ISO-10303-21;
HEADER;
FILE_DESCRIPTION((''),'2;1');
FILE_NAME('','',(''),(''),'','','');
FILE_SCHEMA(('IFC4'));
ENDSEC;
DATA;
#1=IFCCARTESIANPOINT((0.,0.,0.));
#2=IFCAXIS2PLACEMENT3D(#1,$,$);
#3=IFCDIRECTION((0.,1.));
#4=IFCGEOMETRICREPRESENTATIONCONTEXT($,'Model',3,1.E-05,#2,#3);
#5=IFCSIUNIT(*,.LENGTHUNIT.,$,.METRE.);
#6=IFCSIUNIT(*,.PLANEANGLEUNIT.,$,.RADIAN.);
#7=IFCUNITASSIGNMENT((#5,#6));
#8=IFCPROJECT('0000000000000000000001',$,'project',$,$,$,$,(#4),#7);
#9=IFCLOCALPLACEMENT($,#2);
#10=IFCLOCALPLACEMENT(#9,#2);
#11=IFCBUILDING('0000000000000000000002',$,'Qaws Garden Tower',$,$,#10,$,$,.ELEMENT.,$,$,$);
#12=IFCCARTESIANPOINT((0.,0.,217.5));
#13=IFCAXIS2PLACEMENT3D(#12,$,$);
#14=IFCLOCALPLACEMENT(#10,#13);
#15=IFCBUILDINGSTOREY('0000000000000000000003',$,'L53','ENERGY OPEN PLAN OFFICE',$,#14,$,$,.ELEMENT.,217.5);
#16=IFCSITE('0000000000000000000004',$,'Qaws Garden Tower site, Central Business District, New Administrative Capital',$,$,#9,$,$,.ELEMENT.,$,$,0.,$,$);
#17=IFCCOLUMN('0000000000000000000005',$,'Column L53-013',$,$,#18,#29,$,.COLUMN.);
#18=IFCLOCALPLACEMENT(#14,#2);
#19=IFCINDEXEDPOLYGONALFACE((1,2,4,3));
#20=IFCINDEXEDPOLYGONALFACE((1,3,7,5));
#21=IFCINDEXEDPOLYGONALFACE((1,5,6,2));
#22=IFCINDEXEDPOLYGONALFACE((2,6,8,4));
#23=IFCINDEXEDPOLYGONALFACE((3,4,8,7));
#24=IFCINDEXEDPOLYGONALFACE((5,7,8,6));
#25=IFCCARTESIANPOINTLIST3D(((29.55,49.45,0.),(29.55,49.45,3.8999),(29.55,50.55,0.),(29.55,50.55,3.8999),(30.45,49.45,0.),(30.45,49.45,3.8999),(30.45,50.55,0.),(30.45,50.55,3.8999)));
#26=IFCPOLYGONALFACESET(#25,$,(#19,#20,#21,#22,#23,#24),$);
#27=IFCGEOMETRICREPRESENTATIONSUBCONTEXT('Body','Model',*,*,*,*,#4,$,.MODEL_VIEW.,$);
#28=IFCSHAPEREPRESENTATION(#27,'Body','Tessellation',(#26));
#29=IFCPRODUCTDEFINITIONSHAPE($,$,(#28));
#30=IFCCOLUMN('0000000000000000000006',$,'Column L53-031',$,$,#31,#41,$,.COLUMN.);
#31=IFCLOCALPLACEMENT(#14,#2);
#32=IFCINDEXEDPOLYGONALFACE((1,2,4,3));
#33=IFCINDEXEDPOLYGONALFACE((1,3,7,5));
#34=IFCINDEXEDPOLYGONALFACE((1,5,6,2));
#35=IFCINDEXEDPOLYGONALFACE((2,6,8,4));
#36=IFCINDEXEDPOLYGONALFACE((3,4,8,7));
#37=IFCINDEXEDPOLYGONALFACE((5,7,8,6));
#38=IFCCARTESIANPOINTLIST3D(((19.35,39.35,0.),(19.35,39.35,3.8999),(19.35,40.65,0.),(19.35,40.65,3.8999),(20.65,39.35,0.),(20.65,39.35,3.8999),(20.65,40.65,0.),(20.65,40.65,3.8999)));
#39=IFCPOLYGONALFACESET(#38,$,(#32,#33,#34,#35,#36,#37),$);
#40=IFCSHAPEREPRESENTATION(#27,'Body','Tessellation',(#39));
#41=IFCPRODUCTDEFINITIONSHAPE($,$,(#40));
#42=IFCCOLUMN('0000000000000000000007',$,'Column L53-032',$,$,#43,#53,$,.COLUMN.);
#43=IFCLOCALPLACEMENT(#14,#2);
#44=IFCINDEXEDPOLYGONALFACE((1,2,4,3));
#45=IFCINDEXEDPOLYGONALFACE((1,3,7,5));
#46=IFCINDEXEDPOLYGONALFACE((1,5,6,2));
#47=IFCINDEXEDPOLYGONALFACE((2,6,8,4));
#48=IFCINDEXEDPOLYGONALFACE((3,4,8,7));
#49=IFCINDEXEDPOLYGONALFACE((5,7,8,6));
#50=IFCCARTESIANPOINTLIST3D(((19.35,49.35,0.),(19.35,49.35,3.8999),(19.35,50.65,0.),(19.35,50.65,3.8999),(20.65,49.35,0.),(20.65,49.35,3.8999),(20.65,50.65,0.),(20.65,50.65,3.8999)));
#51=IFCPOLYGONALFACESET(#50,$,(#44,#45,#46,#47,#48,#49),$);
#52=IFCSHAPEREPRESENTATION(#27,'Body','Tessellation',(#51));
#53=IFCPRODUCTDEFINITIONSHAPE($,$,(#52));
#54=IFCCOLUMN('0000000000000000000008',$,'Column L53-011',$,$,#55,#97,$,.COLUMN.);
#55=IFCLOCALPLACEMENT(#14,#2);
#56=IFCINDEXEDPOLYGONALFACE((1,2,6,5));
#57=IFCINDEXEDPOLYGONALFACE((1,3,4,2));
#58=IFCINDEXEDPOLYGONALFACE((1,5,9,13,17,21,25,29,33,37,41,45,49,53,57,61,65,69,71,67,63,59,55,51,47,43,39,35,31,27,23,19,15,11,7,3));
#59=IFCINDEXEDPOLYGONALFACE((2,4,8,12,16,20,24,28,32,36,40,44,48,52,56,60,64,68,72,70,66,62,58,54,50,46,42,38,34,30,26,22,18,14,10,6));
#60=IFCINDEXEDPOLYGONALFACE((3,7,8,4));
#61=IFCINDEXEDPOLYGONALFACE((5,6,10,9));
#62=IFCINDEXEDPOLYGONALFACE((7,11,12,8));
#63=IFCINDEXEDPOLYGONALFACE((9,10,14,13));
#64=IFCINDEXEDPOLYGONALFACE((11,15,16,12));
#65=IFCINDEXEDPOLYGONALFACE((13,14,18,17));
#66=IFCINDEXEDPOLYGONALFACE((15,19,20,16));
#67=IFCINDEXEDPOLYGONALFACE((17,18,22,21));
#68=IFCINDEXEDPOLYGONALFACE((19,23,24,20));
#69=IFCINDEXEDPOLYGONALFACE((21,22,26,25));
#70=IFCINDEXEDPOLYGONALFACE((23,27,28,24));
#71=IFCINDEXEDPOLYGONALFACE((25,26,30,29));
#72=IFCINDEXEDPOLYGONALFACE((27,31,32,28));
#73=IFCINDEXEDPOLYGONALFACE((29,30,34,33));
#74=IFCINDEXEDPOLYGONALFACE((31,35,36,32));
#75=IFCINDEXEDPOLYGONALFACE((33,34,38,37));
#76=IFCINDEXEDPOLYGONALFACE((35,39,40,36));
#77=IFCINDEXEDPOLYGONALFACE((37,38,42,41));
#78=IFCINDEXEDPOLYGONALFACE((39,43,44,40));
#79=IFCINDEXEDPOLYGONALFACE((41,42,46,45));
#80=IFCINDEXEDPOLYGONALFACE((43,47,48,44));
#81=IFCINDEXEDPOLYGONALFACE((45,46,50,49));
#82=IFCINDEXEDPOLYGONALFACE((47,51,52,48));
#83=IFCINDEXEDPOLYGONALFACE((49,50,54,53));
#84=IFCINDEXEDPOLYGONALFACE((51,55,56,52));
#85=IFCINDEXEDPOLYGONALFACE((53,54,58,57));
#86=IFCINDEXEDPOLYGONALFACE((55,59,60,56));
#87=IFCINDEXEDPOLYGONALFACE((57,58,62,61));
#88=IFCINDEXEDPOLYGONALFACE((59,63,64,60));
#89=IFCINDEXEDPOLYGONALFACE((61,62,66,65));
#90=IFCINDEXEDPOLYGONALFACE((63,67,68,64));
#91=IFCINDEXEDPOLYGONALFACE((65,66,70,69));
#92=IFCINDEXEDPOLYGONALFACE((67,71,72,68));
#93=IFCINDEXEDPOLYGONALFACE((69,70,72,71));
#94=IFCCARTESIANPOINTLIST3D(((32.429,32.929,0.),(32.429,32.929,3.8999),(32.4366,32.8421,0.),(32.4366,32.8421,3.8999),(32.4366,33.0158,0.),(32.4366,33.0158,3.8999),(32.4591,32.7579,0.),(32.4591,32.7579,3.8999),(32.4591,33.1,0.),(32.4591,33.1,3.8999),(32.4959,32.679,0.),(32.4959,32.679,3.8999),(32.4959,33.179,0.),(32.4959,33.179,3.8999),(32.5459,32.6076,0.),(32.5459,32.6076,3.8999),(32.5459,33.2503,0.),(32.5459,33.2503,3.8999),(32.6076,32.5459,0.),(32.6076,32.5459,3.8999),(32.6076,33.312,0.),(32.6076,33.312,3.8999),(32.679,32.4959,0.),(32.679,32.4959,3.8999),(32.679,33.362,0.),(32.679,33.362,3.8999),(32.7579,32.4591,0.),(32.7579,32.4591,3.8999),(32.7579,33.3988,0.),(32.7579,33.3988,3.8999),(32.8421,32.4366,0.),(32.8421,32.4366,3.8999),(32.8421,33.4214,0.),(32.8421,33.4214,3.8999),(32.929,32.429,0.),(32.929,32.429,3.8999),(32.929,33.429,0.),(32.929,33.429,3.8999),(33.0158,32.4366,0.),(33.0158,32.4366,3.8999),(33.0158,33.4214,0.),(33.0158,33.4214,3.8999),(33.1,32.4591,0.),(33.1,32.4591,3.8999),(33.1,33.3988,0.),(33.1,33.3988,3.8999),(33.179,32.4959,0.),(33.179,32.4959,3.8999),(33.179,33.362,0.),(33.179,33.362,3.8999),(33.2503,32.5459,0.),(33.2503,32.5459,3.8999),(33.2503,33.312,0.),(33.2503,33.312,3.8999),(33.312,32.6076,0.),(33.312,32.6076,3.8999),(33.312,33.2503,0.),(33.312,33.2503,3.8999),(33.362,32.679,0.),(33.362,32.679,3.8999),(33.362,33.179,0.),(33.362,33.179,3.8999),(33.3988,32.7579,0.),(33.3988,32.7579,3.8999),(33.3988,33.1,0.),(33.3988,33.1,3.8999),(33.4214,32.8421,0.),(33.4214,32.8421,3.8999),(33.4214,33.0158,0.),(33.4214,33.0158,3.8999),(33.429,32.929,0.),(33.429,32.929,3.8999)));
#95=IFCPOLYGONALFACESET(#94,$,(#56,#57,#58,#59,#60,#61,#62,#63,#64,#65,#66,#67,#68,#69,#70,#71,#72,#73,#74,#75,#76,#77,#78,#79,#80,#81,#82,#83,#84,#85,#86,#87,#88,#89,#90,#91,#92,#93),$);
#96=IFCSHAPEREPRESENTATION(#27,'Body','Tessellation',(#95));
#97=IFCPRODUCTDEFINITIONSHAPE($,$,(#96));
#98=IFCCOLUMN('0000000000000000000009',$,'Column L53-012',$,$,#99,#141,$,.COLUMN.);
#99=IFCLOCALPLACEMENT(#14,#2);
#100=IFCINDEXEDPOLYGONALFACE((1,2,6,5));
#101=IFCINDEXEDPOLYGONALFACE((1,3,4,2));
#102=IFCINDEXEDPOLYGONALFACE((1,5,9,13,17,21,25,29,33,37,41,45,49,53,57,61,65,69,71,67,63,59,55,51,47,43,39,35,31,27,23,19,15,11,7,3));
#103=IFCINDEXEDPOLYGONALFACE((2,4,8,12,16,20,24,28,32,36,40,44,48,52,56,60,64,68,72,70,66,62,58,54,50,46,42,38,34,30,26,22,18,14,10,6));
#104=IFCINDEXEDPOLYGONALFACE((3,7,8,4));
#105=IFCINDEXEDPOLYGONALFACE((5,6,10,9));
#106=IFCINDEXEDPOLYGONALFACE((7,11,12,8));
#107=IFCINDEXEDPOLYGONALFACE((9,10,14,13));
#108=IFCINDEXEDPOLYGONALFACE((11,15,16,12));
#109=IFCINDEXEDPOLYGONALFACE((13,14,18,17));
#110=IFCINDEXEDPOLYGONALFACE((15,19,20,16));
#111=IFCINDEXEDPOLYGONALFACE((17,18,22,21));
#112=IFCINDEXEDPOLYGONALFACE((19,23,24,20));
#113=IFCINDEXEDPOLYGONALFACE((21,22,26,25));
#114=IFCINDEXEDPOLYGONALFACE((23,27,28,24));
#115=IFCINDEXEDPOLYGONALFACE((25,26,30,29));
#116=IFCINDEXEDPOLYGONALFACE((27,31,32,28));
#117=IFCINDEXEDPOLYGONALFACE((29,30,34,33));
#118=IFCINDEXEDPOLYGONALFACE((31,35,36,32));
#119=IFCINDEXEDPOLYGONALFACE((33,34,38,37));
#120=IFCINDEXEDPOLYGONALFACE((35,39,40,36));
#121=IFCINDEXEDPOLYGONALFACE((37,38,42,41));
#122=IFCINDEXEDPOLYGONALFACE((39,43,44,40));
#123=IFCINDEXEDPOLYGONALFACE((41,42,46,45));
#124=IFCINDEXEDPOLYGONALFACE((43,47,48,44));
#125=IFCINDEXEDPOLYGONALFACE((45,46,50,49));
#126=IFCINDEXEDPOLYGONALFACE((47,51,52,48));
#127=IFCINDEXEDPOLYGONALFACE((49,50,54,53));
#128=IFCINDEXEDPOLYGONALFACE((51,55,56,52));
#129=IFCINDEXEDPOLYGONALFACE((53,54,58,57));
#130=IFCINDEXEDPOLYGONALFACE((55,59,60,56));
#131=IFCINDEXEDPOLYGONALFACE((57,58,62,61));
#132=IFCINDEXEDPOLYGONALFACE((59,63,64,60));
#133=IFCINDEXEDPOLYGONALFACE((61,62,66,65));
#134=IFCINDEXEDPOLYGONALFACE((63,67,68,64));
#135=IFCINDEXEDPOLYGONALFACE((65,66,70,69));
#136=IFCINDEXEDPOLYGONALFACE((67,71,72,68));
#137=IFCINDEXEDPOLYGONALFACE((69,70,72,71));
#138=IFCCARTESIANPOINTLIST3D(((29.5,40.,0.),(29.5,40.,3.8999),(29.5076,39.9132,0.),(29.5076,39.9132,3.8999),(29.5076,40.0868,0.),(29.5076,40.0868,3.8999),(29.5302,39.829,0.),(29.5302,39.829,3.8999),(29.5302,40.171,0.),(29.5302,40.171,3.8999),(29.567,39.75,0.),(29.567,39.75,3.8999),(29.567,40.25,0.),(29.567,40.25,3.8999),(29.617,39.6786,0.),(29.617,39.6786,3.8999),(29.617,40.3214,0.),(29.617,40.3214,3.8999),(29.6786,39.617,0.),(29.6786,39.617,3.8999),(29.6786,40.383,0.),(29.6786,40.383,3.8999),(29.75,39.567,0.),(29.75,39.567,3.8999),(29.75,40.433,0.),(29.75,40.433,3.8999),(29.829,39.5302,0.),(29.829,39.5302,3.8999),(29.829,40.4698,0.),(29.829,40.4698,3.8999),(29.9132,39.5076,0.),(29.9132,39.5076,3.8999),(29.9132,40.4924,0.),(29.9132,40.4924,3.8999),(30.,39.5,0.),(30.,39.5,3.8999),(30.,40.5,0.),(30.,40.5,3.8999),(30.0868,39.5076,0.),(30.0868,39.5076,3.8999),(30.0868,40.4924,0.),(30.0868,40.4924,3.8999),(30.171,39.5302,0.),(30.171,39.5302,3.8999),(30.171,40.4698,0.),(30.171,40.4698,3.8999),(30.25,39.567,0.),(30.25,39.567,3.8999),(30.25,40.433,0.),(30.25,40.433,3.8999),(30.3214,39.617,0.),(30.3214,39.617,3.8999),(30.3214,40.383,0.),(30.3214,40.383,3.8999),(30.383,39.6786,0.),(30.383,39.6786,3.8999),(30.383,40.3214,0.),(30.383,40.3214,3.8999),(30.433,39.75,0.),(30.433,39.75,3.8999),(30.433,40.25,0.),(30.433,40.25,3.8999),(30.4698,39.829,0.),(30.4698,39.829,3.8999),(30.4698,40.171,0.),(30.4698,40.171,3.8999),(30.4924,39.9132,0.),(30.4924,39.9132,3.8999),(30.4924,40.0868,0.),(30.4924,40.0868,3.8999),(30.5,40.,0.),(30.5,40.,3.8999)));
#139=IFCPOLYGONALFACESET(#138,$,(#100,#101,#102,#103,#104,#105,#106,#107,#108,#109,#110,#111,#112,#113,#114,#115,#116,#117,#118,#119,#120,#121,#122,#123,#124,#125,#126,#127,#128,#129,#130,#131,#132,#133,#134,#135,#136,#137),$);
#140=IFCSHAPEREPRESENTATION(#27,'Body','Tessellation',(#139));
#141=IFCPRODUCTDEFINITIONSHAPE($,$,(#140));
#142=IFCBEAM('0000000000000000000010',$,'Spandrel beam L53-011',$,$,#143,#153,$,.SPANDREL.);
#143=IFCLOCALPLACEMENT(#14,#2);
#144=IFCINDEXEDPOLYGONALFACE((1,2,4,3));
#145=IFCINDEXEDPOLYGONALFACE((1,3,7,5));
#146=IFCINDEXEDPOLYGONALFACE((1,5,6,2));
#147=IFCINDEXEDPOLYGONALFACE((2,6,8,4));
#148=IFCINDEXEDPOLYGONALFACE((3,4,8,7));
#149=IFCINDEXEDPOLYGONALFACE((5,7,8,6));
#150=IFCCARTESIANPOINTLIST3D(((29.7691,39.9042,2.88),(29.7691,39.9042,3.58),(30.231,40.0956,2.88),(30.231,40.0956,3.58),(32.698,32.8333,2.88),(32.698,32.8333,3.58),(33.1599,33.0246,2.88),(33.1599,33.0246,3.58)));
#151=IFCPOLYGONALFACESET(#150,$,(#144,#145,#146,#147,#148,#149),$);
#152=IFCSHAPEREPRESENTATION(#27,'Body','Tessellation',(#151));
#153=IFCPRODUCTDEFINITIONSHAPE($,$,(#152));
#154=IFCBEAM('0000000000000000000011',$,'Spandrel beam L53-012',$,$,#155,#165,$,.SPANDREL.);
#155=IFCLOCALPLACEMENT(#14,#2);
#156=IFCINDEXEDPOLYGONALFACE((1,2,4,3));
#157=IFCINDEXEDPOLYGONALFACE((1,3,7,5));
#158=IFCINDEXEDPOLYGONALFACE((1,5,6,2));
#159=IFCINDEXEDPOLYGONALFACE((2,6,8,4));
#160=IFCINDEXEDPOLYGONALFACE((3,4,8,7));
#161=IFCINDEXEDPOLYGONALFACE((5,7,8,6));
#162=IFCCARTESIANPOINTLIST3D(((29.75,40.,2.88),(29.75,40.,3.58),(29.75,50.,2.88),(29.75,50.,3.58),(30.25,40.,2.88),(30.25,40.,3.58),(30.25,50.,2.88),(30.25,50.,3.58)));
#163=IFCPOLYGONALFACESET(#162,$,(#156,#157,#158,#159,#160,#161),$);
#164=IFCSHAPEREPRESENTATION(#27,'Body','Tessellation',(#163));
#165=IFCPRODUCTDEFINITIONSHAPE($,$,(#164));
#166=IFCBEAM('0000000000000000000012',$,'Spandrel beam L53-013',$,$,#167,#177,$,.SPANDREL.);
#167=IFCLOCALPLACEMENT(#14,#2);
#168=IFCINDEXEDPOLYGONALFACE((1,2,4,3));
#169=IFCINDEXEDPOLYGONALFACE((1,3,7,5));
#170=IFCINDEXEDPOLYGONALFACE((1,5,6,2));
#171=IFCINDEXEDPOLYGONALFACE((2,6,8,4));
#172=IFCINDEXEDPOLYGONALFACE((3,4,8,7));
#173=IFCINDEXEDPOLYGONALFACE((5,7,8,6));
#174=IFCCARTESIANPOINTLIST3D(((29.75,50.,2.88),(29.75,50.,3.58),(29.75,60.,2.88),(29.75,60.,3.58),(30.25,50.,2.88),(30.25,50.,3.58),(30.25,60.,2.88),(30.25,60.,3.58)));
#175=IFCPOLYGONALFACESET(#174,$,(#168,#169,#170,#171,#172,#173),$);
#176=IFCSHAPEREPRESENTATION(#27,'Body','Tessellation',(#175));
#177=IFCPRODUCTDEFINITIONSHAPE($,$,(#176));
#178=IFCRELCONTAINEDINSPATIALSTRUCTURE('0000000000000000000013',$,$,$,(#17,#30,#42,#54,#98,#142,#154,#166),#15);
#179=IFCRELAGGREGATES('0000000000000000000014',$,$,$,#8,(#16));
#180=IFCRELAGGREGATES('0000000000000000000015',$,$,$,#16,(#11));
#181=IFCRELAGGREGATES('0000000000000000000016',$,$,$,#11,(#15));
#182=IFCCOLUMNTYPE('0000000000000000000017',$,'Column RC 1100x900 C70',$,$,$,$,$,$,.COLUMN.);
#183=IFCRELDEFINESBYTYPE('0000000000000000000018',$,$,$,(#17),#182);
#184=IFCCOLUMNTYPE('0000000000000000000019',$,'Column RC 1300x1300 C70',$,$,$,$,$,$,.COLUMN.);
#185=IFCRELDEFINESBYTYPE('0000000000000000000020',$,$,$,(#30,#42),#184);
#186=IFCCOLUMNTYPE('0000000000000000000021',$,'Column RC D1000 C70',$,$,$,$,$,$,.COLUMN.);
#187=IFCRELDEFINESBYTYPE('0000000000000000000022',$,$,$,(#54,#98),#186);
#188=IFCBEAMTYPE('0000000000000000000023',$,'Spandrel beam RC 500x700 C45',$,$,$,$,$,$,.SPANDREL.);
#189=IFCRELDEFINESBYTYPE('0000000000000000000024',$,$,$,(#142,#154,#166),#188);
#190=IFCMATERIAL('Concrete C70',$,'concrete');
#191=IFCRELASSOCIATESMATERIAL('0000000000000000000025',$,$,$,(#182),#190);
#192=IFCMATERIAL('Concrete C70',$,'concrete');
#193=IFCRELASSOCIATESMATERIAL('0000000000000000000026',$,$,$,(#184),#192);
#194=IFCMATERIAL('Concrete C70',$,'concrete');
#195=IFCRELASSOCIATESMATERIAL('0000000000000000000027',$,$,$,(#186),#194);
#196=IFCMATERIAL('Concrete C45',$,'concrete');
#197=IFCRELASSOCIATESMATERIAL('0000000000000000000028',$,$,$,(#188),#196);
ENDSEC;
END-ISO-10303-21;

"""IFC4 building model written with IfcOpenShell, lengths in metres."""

from ifc_helpers import new_model, si_unit, direction, frame, origin, origin_2d, place, context, subcontext, project, spatial, rectangle, circle, extrude, material, material_profile, profile_set, type_object, element, save


model = new_model("IFC4")

# Units and contexts
model_context = context("Model", 3, precision=1e-05, world=origin(), true_north=direction((0.0, 1.0)))
body_context = subcontext(model_context, "Body", "Model", "MODEL_VIEW")
ifc_project = project(units=[si_unit("LENGTHUNIT", "METRE"), si_unit("PLANEANGLEUNIT", "RADIAN")], contexts=[model_context])

# Site, building, storey
site_placement = place(None, origin())
site = spatial("IfcSite", under=ifc_project, at=site_placement, Name="Qaws Garden Tower site, Central Business District, New Administrative Capital", CompositionType="ELEMENT", RefElevation=0.0)
building_placement = place(site_placement, origin())
building = spatial("IfcBuilding", under=site, at=building_placement, Name="Qaws Garden Tower", CompositionType="ELEMENT")
storey_placement = place(building_placement, frame((0.0, 0.0, 217.5)))
storey = spatial("IfcBuildingStorey", under=building, at=storey_placement, Name="L53", Description="ENERGY OPEN PLAN OFFICE", CompositionType="ELEMENT", Elevation=217.5)

# Columns
ifc_material_1 = material(Name="Concrete C70", Category="concrete")
ifc_material_profile_1 = material_profile(ifc_material_1, rectangle(XDim=1.1001, YDim=0.8999, at=origin_2d()), Name="RC 1100x900")
ifc_profile_set_1 = profile_set([ifc_material_profile_1], Name="Concrete C70")
column_type_1 = type_object("IfcColumnType", Name="Column RC 1100x900 C70", PredefinedType="COLUMN", material=ifc_profile_set_1)
column_placement = place(storey_placement, frame((30.0, 50.0, 0.0), z_axis=(0.0, 0.0, 1.0), x_axis=(0.0, 1.0, 0.0)))
element("IfcColumn", 1, at=column_placement, inside=storey, type_object=column_type_1, Name="Column L53-013", PredefinedType="COLUMN", context=body_context, shape_type="SweptSolid", body=[
    extrude(rectangle(XDim=1.1001, YDim=0.8999, at=origin_2d()), origin(), (0.0, 0.0, 1.0), 3.8999),
])
ifc_material_2 = material(Name="Concrete C70", Category="concrete")
ifc_material_profile_2 = material_profile(ifc_material_2, rectangle(XDim=1.3, YDim=1.3, at=origin_2d()), Name="RC 1300x1300")
ifc_profile_set_2 = profile_set([ifc_material_profile_2], Name="Concrete C70")
column_type_2 = type_object("IfcColumnType", Name="Column RC 1300x1300 C70", PredefinedType="COLUMN", material=ifc_profile_set_2)
for number, where, z_axis, x_axis, name in (
    (2, (20.0, 40.0, 0.0), (0.0, 0.0, 1.0), (1.0, 0.0, 0.0), "Column L53-031"),
    (3, (20.0, 50.0, 0.0), (0.0, 0.0, 1.0), (1.0, 0.0, 0.0), "Column L53-032"),
):
    element("IfcColumn", number, at=place(storey_placement, frame(where, z_axis=z_axis, x_axis=x_axis)), inside=storey, type_object=column_type_2, Name=name, PredefinedType="COLUMN", context=body_context, shape_type="SweptSolid", body=[
        extrude(rectangle(XDim=1.3, YDim=1.3, at=origin_2d()), origin(), (0.0, 0.0, 1.0), 3.8999),
    ])
ifc_material_3 = material(Name="Concrete C70", Category="concrete")
ifc_material_profile_3 = material_profile(ifc_material_3, circle(Radius=0.5, at=origin_2d()), Name="RC D1000")
ifc_profile_set_3 = profile_set([ifc_material_profile_3], Name="Concrete C70")
column_type_3 = type_object("IfcColumnType", Name="Column RC D1000 C70", PredefinedType="COLUMN", material=ifc_profile_set_3)
for number, where, z_axis, x_axis, name in (
    (4, (32.929, 32.929, 0.0), (0.0, 0.0, 1.0), (1.0, 0.0, 0.0), "Column L53-011"),
    (5, (30.0, 40.0, 0.0), (0.0, 0.0, 1.0), (1.0, 0.0, 0.0), "Column L53-012"),
):
    element("IfcColumn", number, at=place(storey_placement, frame(where, z_axis=z_axis, x_axis=x_axis)), inside=storey, type_object=column_type_3, Name=name, PredefinedType="COLUMN", context=body_context, shape_type="SweptSolid", body=[
        extrude(circle(Radius=0.5, at=origin_2d()), origin(), (0.0, 0.0, 1.0), 3.8999),
    ])

# Beams
ifc_material_4 = material(Name="Concrete C45", Category="concrete")
ifc_material_profile_4 = material_profile(ifc_material_4, rectangle(XDim=0.5, YDim=0.7, at=origin_2d()), Name="RC 500x700")
ifc_profile_set_4 = profile_set([ifc_material_profile_4], Name="Concrete C45")
beam_type = type_object("IfcBeamType", Name="Spandrel beam RC 500x700 C45", PredefinedType="SPANDREL", material=ifc_profile_set_4)
beam_placement = place(storey_placement, frame((32.929, 32.929, 3.23), z_axis=(-0.382687, 0.923878, 0.0), x_axis=(-0.923878, -0.382687, 0.0)))
element("IfcBeam", 6, at=beam_placement, inside=storey, type_object=beam_type, Name="Spandrel beam L53-011", PredefinedType="SPANDREL", context=body_context, shape_type="SweptSolid", body=[
    extrude(rectangle(XDim=0.5, YDim=0.7, at=origin_2d()), origin(), (0.0, 0.0, 1.0), 7.6536),
])
for number, where, z_axis, x_axis, name in (
    (7, (30.0, 40.0, 3.23), (0.0, 1.0, 0.0), (-1.0, 0.0, 0.0), "Spandrel beam L53-012"),
    (8, (30.0, 50.0, 3.23), (0.0, 1.0, 0.0), (-1.0, 0.0, 0.0), "Spandrel beam L53-013"),
):
    element("IfcBeam", number, at=place(storey_placement, frame(where, z_axis=z_axis, x_axis=x_axis)), inside=storey, type_object=beam_type, Name=name, PredefinedType="SPANDREL", context=body_context, shape_type="SweptSolid", body=[
        extrude(rectangle(XDim=0.5, YDim=0.7, at=origin_2d()), origin(), (0.0, 0.0, 1.0), 10.0),
    ])

save(model, "model.ifc")
